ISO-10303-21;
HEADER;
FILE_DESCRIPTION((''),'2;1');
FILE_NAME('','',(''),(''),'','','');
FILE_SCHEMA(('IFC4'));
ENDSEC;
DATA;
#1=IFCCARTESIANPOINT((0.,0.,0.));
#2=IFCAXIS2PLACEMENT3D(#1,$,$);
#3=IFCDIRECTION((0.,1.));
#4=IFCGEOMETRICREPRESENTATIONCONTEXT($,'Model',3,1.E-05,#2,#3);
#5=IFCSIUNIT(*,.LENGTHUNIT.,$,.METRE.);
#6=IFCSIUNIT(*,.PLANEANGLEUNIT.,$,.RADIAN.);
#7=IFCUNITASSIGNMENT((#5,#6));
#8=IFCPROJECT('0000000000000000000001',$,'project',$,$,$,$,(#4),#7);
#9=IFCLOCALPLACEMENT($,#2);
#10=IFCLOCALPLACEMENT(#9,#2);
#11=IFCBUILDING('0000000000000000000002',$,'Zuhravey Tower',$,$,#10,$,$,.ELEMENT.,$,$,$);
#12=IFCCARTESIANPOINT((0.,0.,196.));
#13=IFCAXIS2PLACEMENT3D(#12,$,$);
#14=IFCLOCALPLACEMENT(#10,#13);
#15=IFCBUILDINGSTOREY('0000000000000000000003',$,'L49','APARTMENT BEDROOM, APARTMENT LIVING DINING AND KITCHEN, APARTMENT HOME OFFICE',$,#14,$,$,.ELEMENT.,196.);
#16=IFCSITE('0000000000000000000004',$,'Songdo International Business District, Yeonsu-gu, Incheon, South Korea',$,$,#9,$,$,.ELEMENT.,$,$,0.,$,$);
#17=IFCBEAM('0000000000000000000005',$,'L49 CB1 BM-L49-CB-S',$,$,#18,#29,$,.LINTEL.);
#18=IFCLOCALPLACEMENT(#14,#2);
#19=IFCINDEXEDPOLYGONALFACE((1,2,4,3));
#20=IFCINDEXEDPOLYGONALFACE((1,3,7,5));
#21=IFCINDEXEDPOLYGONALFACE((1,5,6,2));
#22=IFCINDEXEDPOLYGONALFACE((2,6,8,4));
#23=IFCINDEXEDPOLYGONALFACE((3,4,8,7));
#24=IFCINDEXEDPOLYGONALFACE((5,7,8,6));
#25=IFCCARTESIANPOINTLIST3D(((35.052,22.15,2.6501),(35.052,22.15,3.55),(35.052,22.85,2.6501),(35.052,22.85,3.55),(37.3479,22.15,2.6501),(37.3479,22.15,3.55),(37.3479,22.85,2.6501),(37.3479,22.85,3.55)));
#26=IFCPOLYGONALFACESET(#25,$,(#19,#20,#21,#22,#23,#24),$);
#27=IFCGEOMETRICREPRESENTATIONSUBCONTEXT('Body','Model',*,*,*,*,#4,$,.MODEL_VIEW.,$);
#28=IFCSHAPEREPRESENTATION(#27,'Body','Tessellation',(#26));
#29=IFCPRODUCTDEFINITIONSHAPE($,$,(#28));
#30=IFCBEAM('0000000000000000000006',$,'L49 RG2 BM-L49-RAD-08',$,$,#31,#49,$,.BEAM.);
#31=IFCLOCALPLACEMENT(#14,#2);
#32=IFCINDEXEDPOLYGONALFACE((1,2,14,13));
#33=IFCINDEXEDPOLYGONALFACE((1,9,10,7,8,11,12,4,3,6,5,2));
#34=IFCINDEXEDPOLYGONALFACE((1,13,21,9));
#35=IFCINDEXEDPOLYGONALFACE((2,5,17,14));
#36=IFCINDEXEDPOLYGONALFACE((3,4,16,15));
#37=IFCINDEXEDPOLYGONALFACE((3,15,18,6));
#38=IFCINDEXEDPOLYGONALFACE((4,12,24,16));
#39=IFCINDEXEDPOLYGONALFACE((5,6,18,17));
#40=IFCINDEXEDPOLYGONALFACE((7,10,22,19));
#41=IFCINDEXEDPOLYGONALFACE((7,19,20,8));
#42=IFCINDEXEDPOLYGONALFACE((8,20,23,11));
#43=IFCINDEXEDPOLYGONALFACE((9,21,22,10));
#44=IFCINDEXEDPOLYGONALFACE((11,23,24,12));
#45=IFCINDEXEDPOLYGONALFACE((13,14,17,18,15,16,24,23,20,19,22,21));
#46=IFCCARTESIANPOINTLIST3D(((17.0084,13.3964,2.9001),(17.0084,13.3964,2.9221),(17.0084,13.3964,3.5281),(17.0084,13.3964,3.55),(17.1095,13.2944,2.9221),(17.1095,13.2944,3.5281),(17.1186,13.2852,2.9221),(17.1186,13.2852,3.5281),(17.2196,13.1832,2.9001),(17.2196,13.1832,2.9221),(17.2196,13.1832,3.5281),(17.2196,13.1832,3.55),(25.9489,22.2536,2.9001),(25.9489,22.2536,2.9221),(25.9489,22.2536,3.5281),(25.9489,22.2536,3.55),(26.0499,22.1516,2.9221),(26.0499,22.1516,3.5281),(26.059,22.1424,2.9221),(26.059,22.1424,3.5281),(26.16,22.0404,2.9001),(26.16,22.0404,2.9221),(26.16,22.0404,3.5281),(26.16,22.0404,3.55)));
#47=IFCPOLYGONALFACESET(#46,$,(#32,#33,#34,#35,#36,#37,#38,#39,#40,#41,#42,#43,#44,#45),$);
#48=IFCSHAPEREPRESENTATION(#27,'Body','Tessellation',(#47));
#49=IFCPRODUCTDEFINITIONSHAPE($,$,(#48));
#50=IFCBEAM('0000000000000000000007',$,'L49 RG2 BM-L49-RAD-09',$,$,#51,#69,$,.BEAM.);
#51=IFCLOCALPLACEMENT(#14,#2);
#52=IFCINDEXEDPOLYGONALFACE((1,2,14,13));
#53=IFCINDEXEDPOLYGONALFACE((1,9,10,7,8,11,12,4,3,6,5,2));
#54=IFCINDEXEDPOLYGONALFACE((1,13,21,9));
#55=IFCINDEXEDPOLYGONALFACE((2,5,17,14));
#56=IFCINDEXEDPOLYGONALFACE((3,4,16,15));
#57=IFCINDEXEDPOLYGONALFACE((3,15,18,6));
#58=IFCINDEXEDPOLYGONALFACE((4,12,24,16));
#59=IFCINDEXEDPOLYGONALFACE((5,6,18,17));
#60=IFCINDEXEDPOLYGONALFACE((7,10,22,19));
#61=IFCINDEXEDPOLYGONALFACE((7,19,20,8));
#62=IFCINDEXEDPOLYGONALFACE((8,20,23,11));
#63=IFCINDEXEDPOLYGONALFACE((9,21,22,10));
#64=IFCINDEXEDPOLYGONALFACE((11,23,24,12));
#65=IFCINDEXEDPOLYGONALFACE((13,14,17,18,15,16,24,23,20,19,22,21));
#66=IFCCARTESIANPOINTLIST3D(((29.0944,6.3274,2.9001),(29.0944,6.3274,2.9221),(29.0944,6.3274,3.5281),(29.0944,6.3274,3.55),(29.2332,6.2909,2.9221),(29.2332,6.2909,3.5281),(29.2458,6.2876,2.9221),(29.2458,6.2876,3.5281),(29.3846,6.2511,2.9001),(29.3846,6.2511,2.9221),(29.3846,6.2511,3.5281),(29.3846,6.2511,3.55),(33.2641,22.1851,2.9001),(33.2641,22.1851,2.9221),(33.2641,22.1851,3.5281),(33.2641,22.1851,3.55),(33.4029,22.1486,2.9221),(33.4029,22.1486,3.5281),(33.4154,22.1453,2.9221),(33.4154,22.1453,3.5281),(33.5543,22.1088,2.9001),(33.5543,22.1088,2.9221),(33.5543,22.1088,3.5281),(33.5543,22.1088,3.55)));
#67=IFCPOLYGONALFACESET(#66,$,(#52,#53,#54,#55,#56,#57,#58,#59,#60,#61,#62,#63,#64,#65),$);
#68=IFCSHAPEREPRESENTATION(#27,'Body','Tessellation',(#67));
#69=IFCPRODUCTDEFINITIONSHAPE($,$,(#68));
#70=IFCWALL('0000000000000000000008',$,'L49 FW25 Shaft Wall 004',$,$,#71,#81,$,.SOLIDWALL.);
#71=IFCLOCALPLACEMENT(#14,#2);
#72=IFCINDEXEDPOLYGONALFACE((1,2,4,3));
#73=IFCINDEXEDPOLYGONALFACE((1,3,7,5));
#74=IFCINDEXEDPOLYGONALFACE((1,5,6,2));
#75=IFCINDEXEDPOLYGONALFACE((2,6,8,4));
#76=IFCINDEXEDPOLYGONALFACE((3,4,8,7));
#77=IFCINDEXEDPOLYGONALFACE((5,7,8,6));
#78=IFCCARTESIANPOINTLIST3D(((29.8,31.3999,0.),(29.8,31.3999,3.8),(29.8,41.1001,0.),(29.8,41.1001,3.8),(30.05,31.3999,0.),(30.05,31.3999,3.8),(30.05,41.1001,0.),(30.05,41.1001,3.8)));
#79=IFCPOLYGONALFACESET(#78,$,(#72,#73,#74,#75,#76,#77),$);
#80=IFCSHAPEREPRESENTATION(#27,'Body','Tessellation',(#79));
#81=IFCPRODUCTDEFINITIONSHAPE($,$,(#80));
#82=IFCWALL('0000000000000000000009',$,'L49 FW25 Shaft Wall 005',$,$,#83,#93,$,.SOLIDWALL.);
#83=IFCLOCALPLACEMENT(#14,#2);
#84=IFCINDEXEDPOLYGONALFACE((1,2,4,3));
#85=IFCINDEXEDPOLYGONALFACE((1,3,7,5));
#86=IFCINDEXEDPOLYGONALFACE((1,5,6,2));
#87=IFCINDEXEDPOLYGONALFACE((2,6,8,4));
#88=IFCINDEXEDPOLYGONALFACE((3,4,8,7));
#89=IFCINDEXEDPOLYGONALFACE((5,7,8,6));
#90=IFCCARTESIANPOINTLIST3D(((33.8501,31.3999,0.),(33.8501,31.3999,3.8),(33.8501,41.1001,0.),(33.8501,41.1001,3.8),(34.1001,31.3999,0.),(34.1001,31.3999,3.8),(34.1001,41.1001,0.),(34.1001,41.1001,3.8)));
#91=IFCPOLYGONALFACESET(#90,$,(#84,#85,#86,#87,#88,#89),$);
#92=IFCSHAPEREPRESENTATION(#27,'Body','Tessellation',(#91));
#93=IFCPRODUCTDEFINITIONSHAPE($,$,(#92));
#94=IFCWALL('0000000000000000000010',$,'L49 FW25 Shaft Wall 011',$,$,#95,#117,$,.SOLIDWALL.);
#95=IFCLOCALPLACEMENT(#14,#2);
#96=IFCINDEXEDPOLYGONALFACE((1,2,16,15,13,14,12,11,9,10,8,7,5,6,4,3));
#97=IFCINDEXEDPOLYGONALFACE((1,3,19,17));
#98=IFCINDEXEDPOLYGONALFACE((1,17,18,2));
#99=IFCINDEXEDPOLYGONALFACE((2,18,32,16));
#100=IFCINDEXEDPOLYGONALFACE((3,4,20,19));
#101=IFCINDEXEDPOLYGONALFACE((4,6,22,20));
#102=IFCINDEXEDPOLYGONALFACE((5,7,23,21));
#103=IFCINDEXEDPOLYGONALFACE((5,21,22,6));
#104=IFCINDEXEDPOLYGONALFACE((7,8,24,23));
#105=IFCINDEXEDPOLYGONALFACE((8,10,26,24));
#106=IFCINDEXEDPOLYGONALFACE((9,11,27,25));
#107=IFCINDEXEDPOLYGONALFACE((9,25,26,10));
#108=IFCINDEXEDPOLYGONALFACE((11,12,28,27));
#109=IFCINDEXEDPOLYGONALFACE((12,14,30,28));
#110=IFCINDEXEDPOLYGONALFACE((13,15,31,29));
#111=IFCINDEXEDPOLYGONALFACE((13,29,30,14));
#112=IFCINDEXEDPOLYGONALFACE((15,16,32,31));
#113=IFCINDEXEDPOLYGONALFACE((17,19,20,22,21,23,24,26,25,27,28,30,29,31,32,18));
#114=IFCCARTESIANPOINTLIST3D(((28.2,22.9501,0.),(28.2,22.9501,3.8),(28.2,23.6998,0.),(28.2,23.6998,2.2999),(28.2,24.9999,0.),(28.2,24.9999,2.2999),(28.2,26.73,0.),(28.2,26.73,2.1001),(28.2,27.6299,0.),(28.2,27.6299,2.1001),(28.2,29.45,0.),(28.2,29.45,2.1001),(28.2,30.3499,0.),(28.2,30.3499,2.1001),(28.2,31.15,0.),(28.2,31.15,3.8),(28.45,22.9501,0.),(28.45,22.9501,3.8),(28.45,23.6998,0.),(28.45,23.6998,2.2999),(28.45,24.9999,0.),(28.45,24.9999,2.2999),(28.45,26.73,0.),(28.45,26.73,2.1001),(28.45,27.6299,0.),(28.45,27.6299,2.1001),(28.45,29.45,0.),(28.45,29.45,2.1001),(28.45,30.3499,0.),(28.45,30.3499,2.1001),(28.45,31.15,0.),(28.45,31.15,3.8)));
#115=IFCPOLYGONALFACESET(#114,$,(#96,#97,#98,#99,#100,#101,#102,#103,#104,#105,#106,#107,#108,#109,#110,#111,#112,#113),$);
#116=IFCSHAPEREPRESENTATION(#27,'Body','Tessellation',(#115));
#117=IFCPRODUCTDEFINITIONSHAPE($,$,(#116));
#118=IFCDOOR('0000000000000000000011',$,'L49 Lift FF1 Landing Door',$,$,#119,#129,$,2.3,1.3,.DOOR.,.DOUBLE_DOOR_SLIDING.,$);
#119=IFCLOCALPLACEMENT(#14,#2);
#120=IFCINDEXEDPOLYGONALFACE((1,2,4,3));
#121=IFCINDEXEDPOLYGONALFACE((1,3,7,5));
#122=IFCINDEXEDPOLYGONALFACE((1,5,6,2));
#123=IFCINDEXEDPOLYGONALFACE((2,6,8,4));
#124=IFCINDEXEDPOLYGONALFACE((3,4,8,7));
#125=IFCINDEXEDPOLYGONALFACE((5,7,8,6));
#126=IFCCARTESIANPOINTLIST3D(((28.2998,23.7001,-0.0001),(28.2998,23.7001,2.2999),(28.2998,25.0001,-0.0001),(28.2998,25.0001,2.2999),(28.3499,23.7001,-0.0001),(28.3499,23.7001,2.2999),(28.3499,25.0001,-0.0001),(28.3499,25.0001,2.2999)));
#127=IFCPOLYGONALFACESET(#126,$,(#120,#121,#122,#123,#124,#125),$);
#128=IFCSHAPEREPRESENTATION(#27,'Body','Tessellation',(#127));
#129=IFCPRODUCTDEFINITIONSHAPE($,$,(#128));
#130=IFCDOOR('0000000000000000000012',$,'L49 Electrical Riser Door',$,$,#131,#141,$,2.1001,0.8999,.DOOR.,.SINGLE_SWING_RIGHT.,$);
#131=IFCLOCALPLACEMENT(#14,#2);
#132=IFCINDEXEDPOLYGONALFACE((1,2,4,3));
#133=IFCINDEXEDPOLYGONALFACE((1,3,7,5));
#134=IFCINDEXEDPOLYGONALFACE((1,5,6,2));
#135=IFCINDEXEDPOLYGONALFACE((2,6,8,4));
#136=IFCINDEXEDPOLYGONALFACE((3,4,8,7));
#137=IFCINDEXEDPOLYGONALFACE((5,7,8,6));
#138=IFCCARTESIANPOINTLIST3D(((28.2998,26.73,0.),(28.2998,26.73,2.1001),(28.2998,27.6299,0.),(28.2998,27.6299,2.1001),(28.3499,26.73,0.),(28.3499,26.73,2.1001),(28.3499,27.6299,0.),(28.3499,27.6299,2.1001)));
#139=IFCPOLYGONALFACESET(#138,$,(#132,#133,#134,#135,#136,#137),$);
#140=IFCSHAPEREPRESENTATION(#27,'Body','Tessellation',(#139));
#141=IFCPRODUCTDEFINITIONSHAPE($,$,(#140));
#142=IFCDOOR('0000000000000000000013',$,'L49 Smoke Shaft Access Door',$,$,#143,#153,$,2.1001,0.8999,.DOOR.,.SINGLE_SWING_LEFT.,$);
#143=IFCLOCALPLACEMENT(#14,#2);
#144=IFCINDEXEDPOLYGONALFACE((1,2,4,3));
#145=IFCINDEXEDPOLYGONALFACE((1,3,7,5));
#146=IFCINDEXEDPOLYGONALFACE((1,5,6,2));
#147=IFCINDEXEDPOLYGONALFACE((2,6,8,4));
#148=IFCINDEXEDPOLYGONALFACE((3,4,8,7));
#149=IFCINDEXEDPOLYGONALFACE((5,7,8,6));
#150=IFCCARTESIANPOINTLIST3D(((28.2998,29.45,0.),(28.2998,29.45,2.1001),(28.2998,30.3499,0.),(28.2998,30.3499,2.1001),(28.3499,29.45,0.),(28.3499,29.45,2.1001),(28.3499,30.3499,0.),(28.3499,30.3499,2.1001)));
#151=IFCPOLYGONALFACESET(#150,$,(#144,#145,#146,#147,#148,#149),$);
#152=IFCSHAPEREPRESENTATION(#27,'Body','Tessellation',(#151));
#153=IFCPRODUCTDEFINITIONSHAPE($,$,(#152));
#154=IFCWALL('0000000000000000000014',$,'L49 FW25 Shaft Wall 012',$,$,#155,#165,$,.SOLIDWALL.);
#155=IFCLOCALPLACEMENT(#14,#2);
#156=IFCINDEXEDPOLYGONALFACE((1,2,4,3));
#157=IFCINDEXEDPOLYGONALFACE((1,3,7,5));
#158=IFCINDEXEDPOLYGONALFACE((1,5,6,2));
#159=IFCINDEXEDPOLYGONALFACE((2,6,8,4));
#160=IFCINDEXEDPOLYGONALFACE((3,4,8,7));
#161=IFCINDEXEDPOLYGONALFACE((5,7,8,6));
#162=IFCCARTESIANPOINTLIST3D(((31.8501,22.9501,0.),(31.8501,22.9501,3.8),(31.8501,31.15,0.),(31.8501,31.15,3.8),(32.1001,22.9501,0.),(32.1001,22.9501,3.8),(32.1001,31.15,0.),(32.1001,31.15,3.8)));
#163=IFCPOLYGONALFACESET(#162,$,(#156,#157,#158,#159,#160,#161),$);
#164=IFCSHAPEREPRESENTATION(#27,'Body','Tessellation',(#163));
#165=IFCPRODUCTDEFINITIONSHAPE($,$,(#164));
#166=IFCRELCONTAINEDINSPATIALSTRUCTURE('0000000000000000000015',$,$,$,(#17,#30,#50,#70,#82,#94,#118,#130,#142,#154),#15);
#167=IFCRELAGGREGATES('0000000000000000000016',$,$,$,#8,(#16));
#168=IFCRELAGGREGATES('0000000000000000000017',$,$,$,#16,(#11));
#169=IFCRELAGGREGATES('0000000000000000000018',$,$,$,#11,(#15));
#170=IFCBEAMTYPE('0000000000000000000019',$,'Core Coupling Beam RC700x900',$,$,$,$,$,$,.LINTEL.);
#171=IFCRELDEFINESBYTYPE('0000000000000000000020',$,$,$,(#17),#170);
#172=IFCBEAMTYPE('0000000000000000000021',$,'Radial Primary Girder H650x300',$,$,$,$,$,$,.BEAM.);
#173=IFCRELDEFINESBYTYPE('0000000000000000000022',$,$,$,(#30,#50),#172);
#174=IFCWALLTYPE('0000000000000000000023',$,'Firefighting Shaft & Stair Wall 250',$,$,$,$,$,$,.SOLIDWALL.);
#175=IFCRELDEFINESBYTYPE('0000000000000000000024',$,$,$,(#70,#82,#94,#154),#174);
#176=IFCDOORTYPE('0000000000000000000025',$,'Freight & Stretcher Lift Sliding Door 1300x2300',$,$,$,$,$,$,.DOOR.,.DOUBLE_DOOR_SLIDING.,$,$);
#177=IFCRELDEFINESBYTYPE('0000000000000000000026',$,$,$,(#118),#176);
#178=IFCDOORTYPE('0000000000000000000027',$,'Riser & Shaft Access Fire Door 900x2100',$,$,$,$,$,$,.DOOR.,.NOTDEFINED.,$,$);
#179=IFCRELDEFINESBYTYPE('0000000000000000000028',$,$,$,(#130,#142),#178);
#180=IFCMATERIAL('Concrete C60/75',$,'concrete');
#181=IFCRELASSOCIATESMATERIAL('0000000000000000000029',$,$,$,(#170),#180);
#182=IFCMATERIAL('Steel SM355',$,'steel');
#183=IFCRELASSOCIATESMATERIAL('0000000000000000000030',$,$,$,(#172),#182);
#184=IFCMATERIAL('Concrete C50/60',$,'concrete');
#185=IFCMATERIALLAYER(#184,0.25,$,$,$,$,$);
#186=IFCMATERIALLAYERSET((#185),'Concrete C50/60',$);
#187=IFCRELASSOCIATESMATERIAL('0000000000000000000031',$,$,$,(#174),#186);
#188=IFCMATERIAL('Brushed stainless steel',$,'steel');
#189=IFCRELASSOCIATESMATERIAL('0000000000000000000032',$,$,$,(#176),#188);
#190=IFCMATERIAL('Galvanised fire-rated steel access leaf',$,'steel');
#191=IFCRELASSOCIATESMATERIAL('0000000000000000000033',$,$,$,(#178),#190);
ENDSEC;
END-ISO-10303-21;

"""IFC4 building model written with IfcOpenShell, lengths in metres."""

from ifc_helpers import new_model, si_unit, direction, frame, frame_2d, origin, origin_2d, place, context, subcontext, project, spatial, rectangle, i_section, extrude, material, layer, layer_set, material_profile, profile_set, type_object, element, fill, save


model = new_model("IFC4")

# Units and contexts
model_context = context("Model", 3, precision=1e-05, world=origin(), true_north=direction((0.0, 1.0)))
body_context = subcontext(model_context, "Body", "Model", "MODEL_VIEW")
ifc_project = project(units=[si_unit("LENGTHUNIT", "METRE"), si_unit("PLANEANGLEUNIT", "RADIAN")], contexts=[model_context])

# Site, building, storey
site_placement = place(None, origin())
site = spatial("IfcSite", under=ifc_project, at=site_placement, Name="Songdo International Business District, Yeonsu-gu, Incheon, South Korea", CompositionType="ELEMENT", RefElevation=0.0)
building_placement = place(site_placement, origin())
building = spatial("IfcBuilding", under=site, at=building_placement, Name="Zuhravey Tower", CompositionType="ELEMENT")
storey_placement = place(building_placement, frame((0.0, 0.0, 196.0)))
storey = spatial("IfcBuildingStorey", under=building, at=storey_placement, Name="L49", Description="APARTMENT BEDROOM, APARTMENT LIVING DINING AND KITCHEN, APARTMENT HOME OFFICE", CompositionType="ELEMENT", Elevation=196.0)

# Beams
ifc_material_1 = material(Name="Concrete C60/75", Category="concrete")
ifc_material_profile_1 = material_profile(ifc_material_1, rectangle(XDim=0.7, YDim=0.8999, at=origin_2d()), Name="RC-700x900")
ifc_profile_set_1 = profile_set([ifc_material_profile_1], Name="Concrete C60/75")
beam_type_1 = type_object("IfcBeamType", Name="Core Coupling Beam RC700x900", PredefinedType="LINTEL", material=ifc_profile_set_1)
beam_1_placement = place(storey_placement, frame((35.052, 22.5, 3.1001), z_axis=(1.0, 0.0, 0.0), x_axis=(0.0, 1.0, 0.0)))
element("IfcBeam", 1, at=beam_1_placement, inside=storey, type_object=beam_type_1, Name="L49 CB1 BM-L49-CB-S", PredefinedType="LINTEL", context=body_context, shape_type="SweptSolid", body=[
    extrude(rectangle(XDim=0.7, YDim=0.8999, at=origin_2d()), origin(), (0.0, 0.0, 1.0), 2.2959),
])
ifc_material_2 = material(Name="Steel SM355", Category="steel")
ifc_material_profile_2 = material_profile(ifc_material_2, i_section(OverallWidth=0.3, OverallDepth=0.6499, WebThickness=0.0129, FlangeThickness=0.022, at=origin_2d()), Name="H-650x300x13x22")
ifc_profile_set_2 = profile_set([ifc_material_profile_2], Name="Steel SM355")
beam_type_2 = type_object("IfcBeamType", Name="Radial Primary Girder H650x300", PredefinedType="BEAM", material=ifc_profile_set_2)
beam_2_placement = place(storey_placement, frame((26.0544, 22.147, 3.2251), z_axis=(-0.710407, -0.703791, 0.0), x_axis=(0.703791, -0.710407, 0.0)))
element("IfcBeam", 2, at=beam_2_placement, inside=storey, type_object=beam_type_2, Name="L49 RG2 BM-L49-RAD-08", PredefinedType="BEAM", context=body_context, shape_type="SweptSolid", body=[
    extrude(i_section(OverallWidth=0.3, OverallDepth=0.6499, WebThickness=0.0129, FlangeThickness=0.022, at=origin_2d()), origin(), (0.0, 0.0, 1.0), 12.585),
])
beam_3_placement = place(storey_placement, frame((33.4092, 22.147, 3.2251), z_axis=(-0.2543, -0.967125, 0.0), x_axis=(0.967125, -0.2543, 0.0)))
element("IfcBeam", 3, at=beam_3_placement, inside=storey, type_object=beam_type_2, Name="L49 RG2 BM-L49-RAD-09", PredefinedType="BEAM", context=body_context, shape_type="SweptSolid", body=[
    extrude(i_section(OverallWidth=0.3, OverallDepth=0.6499, WebThickness=0.0129, FlangeThickness=0.022, at=origin_2d()), origin(), (0.0, 0.0, 1.0), 16.3967),
])

# Shared definitions
ifc_material_3 = material(Name="Concrete C50/60", Category="concrete")
ifc_layer_1 = layer(ifc_material_3, 0.25)
ifc_layer_set_1 = layer_set([ifc_layer_1], Name="Concrete C50/60")
wall_type_1 = type_object("IfcWallType", Name="Firefighting Shaft & Stair Wall 250", PredefinedType="SOLIDWALL", material=ifc_layer_set_1)

# Walls
for number, where, z_axis, x_axis, name in (
    (4, (29.925, 31.3999, 0.0), (0.0, 0.0, 1.0), (0.0, 1.0, 0.0), "L49 FW25 Shaft Wall 004"),
    (5, (33.9751, 31.3999, 0.0), (0.0, 0.0, 1.0), (0.0, 1.0, 0.0), "L49 FW25 Shaft Wall 005"),
):
    element("IfcWall", number, at=place(storey_placement, frame(where, z_axis=z_axis, x_axis=x_axis)), inside=storey, type_object=wall_type_1, Name=name, PredefinedType="SOLIDWALL", context=body_context, shape_type="SweptSolid", body=[
        extrude(rectangle(XDim=9.7002, YDim=0.25, at=frame_2d((4.8501, 0.0))), origin(), (0.0, 0.0, 1.0), 3.8),
    ])

# Wall, openings, doors
wall_1_placement = place(storey_placement, frame((28.325, 22.95, 0.0), z_axis=(0.0, 0.0, 1.0), x_axis=(0.0, 1.0, 0.0)))
wall_1 = element("IfcWall", 6, at=wall_1_placement, inside=storey, type_object=wall_type_1, Name="L49 FW25 Shaft Wall 011", PredefinedType="SOLIDWALL", context=body_context, shape_type="SweptSolid", body=[
    extrude(rectangle(XDim=8.2, YDim=0.25, at=frame_2d((4.1001, 0.0))), origin(), (0.0, 0.0, 1.0), 3.8),
])
opening_1_placement = place(wall_1_placement, frame((0.75, 0.0, 0.0)))
opening_1 = element("IfcOpeningElement", 7, at=opening_1_placement, cuts=wall_1, PredefinedType="OPENING", context=body_context, shape_type="SweptSolid", body=[
    extrude(rectangle(XDim=1.3, YDim=2.3, at=frame_2d((0.6499, 1.1499))), frame((0.0, 0.137, 0.0), z_axis=(0.0, -1.0, 0.0), x_axis=(1.0, 0.0, 0.0)), (0.0, 0.0, 1.0), 0.2739),
])
opening_2_placement = place(wall_1_placement, frame((3.78, 0.0, 0.0)))
opening_2 = element("IfcOpeningElement", 8, at=opening_2_placement, cuts=wall_1, PredefinedType="OPENING", context=body_context, shape_type="SweptSolid", body=[
    extrude(rectangle(XDim=0.8999, YDim=2.1001, at=frame_2d((0.45, 1.05))), frame((0.0, 0.137, 0.0), z_axis=(0.0, -1.0, 0.0), x_axis=(1.0, 0.0, 0.0)), (0.0, 0.0, 1.0), 0.2739),
])
opening_3_placement = place(wall_1_placement, frame((6.5, 0.0, 0.0)))
opening_3 = element("IfcOpeningElement", 9, at=opening_3_placement, cuts=wall_1, PredefinedType="OPENING", context=body_context, shape_type="SweptSolid", body=[
    extrude(rectangle(XDim=0.8999, YDim=2.1001, at=frame_2d((0.45, 1.05))), frame((0.0, 0.137, 0.0), z_axis=(0.0, -1.0, 0.0), x_axis=(1.0, 0.0, 0.0)), (0.0, 0.0, 1.0), 0.2739),
])
ifc_material_4 = material(Name="Brushed stainless steel", Category="steel")
door_type_1 = type_object("IfcDoorType", Name="Freight & Stretcher Lift Sliding Door 1300x2300", OperationType="DOUBLE_DOOR_SLIDING", PredefinedType="DOOR", material=ifc_material_4)
door_1_placement = place(opening_1_placement, frame((1.3, 0.0, 0.0), z_axis=(0.0, 0.0, 1.0), x_axis=(-1.0, 0.0, 0.0)))
door_1 = element("IfcDoor", 10, at=door_1_placement, inside=storey, type_object=door_type_1, Name="L49 Lift FF1 Landing Door", OperationType="DOUBLE_DOOR_SLIDING", OverallHeight=2.3, OverallWidth=1.3, PredefinedType="DOOR", context=body_context, shape_type="SweptSolid", body=[
    extrude(rectangle(XDim=1.3, YDim=2.3, at=frame_2d((0.6499, 1.1499))), frame((0.0, 0.0249, 0.0), z_axis=(0.0, -1.0, 0.0), x_axis=(1.0, 0.0, 0.0)), (0.0, 0.0, 1.0), 0.05),
])
fill(opening_1, door_1)
ifc_material_5 = material(Name="Galvanised fire-rated steel access leaf", Category="steel")
door_type_2 = type_object("IfcDoorType", Name="Riser & Shaft Access Fire Door 900x2100", OperationType="NOTDEFINED", PredefinedType="DOOR", material=ifc_material_5)
door_2_placement = place(opening_2_placement, frame((0.8999, 0.0, 0.0), z_axis=(0.0, 0.0, 1.0), x_axis=(-1.0, 0.0, 0.0)))
door_2 = element("IfcDoor", 11, at=door_2_placement, inside=storey, type_object=door_type_2, Name="L49 Electrical Riser Door", OperationType="SINGLE_SWING_RIGHT", OverallHeight=2.1001, OverallWidth=0.8999, PredefinedType="DOOR", context=body_context, shape_type="SweptSolid", body=[
    extrude(rectangle(XDim=0.8999, YDim=2.1001, at=frame_2d((0.45, 1.05))), frame((0.0, 0.0249, 0.0), z_axis=(0.0, -1.0, 0.0), x_axis=(1.0, 0.0, 0.0)), (0.0, 0.0, 1.0), 0.05),
])
fill(opening_2, door_2)
door_3_placement = place(opening_3_placement, frame((0.8999, 0.0, 0.0), z_axis=(0.0, 0.0, 1.0), x_axis=(-1.0, 0.0, 0.0)))
door_3 = element("IfcDoor", 12, at=door_3_placement, inside=storey, type_object=door_type_2, Name="L49 Smoke Shaft Access Door", OperationType="SINGLE_SWING_LEFT", OverallHeight=2.1001, OverallWidth=0.8999, PredefinedType="DOOR", context=body_context, shape_type="SweptSolid", body=[
    extrude(rectangle(XDim=0.8999, YDim=2.1001, at=frame_2d((0.45, 1.05))), frame((0.0, 0.0249, 0.0), z_axis=(0.0, -1.0, 0.0), x_axis=(1.0, 0.0, 0.0)), (0.0, 0.0, 1.0), 0.05),
])
fill(opening_3, door_3)

# Wall
wall_2_placement = place(storey_placement, frame((31.9751, 22.95, 0.0), z_axis=(0.0, 0.0, 1.0), x_axis=(0.0, 1.0, 0.0)))
element("IfcWall", 13, at=wall_2_placement, inside=storey, type_object=wall_type_1, Name="L49 FW25 Shaft Wall 012", PredefinedType="SOLIDWALL", context=body_context, shape_type="SweptSolid", body=[
    extrude(rectangle(XDim=8.2, YDim=0.25, at=frame_2d((4.1001, 0.0))), origin(), (0.0, 0.0, 1.0), 3.8),
])

save(model, "model.ifc")
